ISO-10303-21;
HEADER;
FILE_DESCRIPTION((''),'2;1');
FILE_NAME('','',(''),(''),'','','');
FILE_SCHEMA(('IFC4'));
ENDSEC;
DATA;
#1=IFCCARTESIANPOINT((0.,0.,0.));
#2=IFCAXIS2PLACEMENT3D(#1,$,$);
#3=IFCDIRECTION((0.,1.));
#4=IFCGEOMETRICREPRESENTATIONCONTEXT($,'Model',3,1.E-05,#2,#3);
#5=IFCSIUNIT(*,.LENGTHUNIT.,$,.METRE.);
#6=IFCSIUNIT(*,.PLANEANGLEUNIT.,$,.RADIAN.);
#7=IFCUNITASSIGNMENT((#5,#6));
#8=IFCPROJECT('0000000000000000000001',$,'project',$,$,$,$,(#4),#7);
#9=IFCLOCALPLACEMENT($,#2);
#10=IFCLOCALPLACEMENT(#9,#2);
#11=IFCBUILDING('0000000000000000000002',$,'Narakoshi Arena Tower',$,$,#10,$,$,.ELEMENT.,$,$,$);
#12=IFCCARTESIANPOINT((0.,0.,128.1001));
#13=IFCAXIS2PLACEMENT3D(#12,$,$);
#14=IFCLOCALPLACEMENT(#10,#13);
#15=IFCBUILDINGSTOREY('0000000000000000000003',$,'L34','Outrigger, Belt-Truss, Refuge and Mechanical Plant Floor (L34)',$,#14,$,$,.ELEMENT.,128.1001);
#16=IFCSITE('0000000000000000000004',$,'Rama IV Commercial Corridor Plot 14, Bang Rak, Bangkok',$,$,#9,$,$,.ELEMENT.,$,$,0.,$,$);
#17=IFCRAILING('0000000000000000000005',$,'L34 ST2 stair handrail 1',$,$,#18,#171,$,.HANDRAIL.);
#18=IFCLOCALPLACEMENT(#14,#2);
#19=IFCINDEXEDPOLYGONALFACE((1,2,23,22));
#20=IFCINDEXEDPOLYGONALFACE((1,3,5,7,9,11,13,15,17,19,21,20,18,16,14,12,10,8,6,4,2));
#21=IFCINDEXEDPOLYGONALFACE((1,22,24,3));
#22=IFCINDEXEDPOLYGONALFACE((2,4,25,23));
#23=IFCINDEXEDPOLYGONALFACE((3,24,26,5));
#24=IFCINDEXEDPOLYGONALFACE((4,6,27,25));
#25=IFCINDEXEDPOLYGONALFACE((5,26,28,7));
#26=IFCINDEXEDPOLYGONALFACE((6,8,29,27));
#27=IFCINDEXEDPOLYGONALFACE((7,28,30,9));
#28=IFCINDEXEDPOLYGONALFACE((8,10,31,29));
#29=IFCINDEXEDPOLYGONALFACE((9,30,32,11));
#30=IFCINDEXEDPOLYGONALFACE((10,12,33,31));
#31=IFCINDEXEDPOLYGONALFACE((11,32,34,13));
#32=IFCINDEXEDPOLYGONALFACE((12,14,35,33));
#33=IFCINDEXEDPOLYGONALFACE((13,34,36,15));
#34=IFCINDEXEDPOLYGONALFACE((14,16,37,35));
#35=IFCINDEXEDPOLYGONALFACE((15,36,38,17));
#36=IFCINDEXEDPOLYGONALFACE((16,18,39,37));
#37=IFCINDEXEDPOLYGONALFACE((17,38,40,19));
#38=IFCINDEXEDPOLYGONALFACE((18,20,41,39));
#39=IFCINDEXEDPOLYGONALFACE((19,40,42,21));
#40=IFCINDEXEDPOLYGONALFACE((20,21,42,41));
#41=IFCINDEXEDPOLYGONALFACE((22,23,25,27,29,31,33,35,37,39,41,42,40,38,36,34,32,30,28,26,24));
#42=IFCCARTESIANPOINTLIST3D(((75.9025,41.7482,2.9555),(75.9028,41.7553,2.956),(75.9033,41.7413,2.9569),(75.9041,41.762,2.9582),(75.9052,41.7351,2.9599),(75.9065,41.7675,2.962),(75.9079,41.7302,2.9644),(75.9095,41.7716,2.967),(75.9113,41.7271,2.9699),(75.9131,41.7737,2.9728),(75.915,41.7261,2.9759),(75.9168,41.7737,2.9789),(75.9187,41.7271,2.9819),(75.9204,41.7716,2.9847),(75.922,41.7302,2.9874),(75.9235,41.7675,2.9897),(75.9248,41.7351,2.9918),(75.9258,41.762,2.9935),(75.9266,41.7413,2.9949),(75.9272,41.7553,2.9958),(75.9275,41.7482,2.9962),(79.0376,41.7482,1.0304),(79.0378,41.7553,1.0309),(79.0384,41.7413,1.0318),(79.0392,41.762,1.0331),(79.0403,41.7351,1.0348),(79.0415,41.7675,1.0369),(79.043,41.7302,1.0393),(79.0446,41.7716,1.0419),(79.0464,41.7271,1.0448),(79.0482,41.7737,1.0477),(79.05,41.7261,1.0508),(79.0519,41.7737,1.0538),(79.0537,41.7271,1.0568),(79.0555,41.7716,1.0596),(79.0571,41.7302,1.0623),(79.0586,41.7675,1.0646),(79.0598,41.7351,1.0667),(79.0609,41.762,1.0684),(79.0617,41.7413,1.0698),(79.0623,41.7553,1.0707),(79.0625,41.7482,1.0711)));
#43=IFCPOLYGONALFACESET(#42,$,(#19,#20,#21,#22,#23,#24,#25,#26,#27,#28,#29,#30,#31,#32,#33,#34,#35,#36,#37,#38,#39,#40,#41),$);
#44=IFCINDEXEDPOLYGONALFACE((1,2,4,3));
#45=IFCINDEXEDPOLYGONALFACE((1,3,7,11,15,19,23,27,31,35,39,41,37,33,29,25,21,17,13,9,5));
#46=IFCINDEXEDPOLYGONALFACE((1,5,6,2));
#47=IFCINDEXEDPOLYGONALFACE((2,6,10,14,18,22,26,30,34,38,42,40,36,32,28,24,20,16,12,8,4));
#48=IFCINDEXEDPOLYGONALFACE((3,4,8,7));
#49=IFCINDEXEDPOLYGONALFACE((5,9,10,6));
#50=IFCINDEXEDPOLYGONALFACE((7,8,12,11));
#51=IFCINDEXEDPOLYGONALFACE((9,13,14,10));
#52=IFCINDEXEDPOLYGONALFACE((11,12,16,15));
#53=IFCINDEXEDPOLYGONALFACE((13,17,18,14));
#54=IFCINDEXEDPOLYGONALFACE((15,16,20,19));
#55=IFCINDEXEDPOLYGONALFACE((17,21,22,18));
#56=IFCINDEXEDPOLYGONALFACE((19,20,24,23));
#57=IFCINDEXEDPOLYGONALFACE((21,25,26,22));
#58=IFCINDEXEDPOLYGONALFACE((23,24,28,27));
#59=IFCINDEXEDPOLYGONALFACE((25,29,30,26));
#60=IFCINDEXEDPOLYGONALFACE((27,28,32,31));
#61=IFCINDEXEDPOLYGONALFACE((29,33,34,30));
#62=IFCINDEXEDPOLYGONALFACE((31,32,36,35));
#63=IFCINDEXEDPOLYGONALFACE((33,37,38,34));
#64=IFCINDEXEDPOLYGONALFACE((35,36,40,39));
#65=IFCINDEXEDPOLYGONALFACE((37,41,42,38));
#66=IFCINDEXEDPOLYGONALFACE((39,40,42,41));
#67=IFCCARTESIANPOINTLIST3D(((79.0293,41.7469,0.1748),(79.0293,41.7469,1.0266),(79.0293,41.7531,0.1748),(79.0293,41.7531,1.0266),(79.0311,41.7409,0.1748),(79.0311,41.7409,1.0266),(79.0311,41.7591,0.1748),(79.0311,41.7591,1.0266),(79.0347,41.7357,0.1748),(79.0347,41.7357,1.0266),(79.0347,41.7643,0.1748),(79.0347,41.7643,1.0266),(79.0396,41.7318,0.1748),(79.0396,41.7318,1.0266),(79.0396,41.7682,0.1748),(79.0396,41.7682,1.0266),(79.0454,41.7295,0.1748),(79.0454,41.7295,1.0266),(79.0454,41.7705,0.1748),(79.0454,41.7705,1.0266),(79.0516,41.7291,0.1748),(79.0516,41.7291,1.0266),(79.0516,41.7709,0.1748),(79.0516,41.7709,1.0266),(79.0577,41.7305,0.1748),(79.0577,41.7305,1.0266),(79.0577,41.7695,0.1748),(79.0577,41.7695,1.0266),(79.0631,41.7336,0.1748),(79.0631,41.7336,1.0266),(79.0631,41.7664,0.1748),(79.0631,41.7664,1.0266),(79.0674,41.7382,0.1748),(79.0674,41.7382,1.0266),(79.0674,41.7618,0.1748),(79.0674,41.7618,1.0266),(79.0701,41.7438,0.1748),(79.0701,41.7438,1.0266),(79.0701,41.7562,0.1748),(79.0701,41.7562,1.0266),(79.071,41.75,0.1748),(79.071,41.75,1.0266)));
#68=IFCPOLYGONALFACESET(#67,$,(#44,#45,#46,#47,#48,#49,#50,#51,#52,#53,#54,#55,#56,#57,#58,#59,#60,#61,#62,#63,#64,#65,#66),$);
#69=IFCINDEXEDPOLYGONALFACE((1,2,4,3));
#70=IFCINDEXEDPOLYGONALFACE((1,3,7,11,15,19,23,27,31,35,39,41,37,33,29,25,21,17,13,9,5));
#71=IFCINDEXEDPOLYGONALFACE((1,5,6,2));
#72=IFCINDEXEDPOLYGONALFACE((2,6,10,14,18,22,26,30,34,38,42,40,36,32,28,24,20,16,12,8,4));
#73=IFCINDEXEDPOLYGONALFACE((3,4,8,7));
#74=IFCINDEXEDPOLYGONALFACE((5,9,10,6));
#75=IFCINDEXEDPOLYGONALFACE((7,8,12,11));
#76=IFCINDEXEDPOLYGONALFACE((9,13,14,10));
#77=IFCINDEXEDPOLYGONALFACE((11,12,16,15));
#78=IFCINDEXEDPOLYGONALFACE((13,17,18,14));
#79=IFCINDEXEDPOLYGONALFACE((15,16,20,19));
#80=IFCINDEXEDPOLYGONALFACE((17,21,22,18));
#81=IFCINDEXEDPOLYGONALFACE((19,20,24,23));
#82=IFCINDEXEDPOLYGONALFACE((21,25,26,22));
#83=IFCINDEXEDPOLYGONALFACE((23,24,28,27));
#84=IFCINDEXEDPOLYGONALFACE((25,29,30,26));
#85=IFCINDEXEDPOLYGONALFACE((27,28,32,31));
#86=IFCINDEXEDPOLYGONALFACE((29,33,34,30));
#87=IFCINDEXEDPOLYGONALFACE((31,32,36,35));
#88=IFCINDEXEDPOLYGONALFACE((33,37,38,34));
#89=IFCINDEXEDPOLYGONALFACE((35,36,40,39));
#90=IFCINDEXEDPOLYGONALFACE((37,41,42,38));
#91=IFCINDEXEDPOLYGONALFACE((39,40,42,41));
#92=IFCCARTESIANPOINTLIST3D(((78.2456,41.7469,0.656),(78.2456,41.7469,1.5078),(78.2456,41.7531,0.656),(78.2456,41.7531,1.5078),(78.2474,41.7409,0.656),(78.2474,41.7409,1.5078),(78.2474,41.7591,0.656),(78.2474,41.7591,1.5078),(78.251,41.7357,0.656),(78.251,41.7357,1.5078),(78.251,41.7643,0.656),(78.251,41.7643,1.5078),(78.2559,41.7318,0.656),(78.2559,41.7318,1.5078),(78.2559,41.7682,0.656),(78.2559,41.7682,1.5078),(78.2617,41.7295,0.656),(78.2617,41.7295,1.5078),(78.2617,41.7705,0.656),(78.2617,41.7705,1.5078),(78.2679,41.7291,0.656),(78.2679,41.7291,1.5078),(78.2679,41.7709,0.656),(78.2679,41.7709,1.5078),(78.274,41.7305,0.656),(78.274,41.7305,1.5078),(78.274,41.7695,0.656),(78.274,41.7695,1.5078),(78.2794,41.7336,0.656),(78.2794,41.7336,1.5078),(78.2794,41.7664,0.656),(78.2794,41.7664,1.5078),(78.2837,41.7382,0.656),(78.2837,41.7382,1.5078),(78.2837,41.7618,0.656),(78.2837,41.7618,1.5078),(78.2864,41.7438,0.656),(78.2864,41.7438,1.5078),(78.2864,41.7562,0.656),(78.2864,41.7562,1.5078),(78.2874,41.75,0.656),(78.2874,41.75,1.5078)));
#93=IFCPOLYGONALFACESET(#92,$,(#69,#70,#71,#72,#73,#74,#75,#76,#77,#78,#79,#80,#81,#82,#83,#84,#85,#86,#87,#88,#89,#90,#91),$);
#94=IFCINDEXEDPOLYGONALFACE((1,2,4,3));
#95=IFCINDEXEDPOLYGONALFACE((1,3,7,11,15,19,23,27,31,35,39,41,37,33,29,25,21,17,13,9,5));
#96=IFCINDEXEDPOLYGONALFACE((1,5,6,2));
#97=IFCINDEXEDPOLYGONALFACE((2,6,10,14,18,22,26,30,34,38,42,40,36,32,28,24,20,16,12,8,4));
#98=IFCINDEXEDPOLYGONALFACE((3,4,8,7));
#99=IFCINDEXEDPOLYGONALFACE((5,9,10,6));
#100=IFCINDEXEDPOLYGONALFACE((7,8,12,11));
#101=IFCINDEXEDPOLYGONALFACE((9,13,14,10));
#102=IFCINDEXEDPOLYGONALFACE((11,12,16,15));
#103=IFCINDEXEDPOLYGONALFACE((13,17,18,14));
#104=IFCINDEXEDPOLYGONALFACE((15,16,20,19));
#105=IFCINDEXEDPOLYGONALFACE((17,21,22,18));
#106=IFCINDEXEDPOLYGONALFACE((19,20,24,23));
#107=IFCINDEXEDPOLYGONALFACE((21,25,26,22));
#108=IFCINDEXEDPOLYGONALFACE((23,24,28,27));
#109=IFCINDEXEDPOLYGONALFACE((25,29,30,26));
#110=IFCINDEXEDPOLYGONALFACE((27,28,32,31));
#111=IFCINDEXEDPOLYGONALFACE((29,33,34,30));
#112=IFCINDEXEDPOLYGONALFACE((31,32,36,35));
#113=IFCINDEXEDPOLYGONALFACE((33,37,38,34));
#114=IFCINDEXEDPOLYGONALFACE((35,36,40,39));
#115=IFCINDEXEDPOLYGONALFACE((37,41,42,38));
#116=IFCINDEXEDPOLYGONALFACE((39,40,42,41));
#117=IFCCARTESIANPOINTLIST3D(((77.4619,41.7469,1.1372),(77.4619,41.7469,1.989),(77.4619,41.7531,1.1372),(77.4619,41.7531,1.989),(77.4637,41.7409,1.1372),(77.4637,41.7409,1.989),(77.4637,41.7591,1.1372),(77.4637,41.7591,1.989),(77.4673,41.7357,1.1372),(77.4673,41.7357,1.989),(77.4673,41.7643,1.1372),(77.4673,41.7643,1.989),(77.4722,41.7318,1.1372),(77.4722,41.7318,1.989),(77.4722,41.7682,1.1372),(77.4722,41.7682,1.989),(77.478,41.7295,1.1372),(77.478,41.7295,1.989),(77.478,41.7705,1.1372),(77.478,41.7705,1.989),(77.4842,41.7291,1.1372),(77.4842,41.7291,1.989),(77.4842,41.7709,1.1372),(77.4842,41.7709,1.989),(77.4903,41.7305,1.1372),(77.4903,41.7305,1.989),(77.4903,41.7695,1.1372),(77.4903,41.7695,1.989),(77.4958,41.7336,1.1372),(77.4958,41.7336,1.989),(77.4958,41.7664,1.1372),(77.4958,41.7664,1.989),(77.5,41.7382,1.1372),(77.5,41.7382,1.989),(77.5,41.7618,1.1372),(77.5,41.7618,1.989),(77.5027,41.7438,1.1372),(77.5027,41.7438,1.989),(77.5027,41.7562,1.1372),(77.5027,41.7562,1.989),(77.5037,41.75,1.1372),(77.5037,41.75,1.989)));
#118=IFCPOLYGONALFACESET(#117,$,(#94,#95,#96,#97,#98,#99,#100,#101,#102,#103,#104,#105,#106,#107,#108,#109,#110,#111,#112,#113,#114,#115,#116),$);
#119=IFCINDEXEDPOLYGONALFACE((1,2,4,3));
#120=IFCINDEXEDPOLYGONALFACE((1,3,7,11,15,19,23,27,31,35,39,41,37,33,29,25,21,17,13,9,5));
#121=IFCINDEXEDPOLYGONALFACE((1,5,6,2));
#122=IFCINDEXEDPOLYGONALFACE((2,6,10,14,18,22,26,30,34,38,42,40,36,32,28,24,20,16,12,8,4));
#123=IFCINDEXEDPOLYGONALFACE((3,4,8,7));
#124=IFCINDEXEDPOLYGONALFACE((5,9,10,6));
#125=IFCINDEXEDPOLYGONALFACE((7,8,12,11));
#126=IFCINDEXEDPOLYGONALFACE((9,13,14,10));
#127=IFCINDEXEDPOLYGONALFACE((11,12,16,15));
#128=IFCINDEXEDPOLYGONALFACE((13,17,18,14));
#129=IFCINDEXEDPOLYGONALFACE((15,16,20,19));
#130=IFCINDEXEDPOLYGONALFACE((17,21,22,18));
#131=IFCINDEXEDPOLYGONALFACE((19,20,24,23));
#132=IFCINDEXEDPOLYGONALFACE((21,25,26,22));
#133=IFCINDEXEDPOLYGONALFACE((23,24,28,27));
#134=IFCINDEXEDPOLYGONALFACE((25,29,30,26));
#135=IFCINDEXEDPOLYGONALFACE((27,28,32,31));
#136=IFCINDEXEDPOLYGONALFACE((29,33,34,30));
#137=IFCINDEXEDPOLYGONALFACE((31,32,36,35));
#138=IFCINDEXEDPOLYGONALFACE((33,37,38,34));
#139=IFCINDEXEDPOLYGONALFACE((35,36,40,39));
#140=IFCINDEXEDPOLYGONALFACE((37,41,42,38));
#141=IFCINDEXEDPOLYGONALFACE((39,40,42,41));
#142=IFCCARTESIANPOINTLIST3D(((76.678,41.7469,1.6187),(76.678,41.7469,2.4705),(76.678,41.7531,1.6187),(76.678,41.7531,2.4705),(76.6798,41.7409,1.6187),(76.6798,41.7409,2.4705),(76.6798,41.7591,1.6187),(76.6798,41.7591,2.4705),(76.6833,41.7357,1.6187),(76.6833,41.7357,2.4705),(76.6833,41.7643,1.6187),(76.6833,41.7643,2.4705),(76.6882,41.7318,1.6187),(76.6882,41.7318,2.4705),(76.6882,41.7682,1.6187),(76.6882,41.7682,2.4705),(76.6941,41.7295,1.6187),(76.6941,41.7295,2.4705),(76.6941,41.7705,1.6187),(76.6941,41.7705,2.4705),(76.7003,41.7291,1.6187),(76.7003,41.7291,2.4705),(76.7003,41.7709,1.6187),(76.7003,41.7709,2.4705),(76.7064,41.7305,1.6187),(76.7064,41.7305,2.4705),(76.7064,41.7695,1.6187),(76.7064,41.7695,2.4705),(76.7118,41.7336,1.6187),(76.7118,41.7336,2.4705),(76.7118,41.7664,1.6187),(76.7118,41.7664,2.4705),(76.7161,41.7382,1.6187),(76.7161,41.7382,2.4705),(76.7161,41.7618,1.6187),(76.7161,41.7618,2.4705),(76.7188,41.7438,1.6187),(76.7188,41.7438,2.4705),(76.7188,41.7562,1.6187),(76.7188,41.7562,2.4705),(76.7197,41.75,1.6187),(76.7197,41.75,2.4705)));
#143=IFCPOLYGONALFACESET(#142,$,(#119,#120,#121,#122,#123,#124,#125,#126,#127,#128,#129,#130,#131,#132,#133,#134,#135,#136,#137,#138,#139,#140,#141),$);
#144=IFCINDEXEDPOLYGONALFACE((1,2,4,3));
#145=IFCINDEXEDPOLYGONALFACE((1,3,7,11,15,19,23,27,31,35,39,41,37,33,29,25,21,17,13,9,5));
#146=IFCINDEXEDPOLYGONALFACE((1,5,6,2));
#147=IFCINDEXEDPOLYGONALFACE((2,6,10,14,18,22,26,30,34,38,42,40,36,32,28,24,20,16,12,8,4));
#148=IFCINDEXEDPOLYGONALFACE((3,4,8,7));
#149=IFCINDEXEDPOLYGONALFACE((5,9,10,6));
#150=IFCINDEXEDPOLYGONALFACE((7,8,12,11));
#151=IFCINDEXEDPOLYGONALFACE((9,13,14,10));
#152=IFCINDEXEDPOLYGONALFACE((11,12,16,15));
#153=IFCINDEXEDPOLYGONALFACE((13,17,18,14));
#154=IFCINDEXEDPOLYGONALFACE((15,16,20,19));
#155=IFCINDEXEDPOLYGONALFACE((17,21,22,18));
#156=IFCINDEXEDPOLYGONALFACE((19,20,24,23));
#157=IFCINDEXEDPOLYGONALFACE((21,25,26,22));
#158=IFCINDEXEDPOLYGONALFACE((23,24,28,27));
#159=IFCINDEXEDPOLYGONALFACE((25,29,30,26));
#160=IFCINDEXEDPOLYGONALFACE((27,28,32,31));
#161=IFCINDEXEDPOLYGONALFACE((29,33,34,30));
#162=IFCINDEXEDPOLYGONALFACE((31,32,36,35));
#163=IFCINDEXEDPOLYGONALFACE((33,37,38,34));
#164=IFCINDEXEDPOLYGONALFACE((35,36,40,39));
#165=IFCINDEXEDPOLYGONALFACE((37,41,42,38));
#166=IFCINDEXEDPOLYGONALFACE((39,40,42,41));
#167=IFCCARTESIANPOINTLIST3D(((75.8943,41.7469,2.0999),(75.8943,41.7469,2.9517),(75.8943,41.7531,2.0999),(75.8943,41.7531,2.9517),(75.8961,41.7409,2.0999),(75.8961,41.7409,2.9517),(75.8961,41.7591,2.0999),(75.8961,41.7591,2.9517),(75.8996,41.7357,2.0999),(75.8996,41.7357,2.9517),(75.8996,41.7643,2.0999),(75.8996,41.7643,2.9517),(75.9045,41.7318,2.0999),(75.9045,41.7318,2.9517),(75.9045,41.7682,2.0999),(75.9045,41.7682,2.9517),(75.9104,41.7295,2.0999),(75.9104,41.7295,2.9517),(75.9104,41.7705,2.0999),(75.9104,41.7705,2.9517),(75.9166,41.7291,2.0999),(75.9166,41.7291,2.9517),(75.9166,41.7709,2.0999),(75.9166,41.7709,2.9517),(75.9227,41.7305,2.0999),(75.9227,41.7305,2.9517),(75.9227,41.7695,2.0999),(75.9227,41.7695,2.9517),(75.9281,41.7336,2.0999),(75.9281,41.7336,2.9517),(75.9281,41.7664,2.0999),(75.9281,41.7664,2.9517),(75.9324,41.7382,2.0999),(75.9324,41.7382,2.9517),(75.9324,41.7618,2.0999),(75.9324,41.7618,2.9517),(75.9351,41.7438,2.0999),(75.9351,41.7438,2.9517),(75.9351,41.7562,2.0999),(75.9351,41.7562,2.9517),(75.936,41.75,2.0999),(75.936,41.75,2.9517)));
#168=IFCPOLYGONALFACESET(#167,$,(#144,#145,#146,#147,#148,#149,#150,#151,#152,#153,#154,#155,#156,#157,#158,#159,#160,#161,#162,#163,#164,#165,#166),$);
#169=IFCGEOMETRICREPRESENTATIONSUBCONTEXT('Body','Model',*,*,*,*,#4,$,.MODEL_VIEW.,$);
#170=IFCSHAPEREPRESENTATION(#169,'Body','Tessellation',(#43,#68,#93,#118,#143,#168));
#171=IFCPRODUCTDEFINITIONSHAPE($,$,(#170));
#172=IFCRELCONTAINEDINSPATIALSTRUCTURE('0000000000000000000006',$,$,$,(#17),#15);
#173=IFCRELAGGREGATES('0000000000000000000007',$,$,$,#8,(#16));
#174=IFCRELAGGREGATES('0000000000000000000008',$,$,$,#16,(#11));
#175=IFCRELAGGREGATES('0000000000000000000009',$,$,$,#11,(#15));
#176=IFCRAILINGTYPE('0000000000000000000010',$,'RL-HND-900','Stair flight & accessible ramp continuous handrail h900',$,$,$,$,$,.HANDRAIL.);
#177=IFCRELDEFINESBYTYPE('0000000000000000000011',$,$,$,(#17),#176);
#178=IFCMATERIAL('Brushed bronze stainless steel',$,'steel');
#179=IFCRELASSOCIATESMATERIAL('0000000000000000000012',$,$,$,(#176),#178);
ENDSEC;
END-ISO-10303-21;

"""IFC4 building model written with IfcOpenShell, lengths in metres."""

from ifc_helpers import new_model, si_unit, direction, frame, origin, origin_2d, place, context, subcontext, project, spatial, circle, extrude, material, type_object, element, save


model = new_model("IFC4")

# Units and contexts
model_context = context("Model", 3, precision=1e-05, world=origin(), true_north=direction((0.0, 1.0)))
body_context = subcontext(model_context, "Body", "Model", "MODEL_VIEW")
ifc_project = project(units=[si_unit("LENGTHUNIT", "METRE"), si_unit("PLANEANGLEUNIT", "RADIAN")], contexts=[model_context])

# Site, building, storey
site_placement = place(None, origin())
site = spatial("IfcSite", under=ifc_project, at=site_placement, Name="Rama IV Commercial Corridor Plot 14, Bang Rak, Bangkok", CompositionType="ELEMENT", RefElevation=0.0)
building_placement = place(site_placement, origin())
building = spatial("IfcBuilding", under=site, at=building_placement, Name="Narakoshi Arena Tower", CompositionType="ELEMENT")
storey_placement = place(building_placement, frame((0.0, 0.0, 128.1001)))
storey = spatial("IfcBuildingStorey", under=building, at=storey_placement, Name="L34", Description="Outrigger, Belt-Truss, Refuge and Mechanical Plant Floor (L34)", CompositionType="ELEMENT", Elevation=128.1001)

# Railing
ifc_material_1 = material(Name="Brushed bronze stainless steel", Category="steel")
railing_type_1 = type_object("IfcRailingType", Name="RL-HND-900", Description="Stair flight & accessible ramp continuous handrail h900", PredefinedType="HANDRAIL", material=ifc_material_1)
railing_1_placement = place(storey_placement, frame((79.05, 41.75, 0.1748)))
element("IfcRailing", 1, at=railing_1_placement, inside=storey, type_object=railing_type_1, Name="L34 ST2 stair handrail 1", PredefinedType="HANDRAIL", context=body_context, shape_type="SweptSolid", body=[
    extrude(circle(Radius=0.0239, at=origin_2d()), frame((0.0, 0.0, 0.876), z_axis=(-0.852166, 0.0, 0.523271), x_axis=(0.0, -1.0, 0.0)), (0.0, 0.0, 1.0), 3.679),
    extrude(circle(Radius=0.021, at=origin_2d()), origin(), (0.0, 0.0, 1.0), 0.8518),
    extrude(circle(Radius=0.021, at=origin_2d()), frame((-0.7837, 0.0, 0.4812)), (0.0, 0.0, 1.0), 0.8518),
    extrude(circle(Radius=0.021, at=origin_2d()), frame((-1.5674, 0.0, 0.9624)), (0.0, 0.0, 1.0), 0.8518),
    extrude(circle(Radius=0.021, at=origin_2d()), frame((-2.3513, 0.0, 1.4438)), (0.0, 0.0, 1.0), 0.8518),
    extrude(circle(Radius=0.021, at=origin_2d()), frame((-3.135, 0.0, 1.925)), (0.0, 0.0, 1.0), 0.8518),
])

save(model, "model.ifc")
